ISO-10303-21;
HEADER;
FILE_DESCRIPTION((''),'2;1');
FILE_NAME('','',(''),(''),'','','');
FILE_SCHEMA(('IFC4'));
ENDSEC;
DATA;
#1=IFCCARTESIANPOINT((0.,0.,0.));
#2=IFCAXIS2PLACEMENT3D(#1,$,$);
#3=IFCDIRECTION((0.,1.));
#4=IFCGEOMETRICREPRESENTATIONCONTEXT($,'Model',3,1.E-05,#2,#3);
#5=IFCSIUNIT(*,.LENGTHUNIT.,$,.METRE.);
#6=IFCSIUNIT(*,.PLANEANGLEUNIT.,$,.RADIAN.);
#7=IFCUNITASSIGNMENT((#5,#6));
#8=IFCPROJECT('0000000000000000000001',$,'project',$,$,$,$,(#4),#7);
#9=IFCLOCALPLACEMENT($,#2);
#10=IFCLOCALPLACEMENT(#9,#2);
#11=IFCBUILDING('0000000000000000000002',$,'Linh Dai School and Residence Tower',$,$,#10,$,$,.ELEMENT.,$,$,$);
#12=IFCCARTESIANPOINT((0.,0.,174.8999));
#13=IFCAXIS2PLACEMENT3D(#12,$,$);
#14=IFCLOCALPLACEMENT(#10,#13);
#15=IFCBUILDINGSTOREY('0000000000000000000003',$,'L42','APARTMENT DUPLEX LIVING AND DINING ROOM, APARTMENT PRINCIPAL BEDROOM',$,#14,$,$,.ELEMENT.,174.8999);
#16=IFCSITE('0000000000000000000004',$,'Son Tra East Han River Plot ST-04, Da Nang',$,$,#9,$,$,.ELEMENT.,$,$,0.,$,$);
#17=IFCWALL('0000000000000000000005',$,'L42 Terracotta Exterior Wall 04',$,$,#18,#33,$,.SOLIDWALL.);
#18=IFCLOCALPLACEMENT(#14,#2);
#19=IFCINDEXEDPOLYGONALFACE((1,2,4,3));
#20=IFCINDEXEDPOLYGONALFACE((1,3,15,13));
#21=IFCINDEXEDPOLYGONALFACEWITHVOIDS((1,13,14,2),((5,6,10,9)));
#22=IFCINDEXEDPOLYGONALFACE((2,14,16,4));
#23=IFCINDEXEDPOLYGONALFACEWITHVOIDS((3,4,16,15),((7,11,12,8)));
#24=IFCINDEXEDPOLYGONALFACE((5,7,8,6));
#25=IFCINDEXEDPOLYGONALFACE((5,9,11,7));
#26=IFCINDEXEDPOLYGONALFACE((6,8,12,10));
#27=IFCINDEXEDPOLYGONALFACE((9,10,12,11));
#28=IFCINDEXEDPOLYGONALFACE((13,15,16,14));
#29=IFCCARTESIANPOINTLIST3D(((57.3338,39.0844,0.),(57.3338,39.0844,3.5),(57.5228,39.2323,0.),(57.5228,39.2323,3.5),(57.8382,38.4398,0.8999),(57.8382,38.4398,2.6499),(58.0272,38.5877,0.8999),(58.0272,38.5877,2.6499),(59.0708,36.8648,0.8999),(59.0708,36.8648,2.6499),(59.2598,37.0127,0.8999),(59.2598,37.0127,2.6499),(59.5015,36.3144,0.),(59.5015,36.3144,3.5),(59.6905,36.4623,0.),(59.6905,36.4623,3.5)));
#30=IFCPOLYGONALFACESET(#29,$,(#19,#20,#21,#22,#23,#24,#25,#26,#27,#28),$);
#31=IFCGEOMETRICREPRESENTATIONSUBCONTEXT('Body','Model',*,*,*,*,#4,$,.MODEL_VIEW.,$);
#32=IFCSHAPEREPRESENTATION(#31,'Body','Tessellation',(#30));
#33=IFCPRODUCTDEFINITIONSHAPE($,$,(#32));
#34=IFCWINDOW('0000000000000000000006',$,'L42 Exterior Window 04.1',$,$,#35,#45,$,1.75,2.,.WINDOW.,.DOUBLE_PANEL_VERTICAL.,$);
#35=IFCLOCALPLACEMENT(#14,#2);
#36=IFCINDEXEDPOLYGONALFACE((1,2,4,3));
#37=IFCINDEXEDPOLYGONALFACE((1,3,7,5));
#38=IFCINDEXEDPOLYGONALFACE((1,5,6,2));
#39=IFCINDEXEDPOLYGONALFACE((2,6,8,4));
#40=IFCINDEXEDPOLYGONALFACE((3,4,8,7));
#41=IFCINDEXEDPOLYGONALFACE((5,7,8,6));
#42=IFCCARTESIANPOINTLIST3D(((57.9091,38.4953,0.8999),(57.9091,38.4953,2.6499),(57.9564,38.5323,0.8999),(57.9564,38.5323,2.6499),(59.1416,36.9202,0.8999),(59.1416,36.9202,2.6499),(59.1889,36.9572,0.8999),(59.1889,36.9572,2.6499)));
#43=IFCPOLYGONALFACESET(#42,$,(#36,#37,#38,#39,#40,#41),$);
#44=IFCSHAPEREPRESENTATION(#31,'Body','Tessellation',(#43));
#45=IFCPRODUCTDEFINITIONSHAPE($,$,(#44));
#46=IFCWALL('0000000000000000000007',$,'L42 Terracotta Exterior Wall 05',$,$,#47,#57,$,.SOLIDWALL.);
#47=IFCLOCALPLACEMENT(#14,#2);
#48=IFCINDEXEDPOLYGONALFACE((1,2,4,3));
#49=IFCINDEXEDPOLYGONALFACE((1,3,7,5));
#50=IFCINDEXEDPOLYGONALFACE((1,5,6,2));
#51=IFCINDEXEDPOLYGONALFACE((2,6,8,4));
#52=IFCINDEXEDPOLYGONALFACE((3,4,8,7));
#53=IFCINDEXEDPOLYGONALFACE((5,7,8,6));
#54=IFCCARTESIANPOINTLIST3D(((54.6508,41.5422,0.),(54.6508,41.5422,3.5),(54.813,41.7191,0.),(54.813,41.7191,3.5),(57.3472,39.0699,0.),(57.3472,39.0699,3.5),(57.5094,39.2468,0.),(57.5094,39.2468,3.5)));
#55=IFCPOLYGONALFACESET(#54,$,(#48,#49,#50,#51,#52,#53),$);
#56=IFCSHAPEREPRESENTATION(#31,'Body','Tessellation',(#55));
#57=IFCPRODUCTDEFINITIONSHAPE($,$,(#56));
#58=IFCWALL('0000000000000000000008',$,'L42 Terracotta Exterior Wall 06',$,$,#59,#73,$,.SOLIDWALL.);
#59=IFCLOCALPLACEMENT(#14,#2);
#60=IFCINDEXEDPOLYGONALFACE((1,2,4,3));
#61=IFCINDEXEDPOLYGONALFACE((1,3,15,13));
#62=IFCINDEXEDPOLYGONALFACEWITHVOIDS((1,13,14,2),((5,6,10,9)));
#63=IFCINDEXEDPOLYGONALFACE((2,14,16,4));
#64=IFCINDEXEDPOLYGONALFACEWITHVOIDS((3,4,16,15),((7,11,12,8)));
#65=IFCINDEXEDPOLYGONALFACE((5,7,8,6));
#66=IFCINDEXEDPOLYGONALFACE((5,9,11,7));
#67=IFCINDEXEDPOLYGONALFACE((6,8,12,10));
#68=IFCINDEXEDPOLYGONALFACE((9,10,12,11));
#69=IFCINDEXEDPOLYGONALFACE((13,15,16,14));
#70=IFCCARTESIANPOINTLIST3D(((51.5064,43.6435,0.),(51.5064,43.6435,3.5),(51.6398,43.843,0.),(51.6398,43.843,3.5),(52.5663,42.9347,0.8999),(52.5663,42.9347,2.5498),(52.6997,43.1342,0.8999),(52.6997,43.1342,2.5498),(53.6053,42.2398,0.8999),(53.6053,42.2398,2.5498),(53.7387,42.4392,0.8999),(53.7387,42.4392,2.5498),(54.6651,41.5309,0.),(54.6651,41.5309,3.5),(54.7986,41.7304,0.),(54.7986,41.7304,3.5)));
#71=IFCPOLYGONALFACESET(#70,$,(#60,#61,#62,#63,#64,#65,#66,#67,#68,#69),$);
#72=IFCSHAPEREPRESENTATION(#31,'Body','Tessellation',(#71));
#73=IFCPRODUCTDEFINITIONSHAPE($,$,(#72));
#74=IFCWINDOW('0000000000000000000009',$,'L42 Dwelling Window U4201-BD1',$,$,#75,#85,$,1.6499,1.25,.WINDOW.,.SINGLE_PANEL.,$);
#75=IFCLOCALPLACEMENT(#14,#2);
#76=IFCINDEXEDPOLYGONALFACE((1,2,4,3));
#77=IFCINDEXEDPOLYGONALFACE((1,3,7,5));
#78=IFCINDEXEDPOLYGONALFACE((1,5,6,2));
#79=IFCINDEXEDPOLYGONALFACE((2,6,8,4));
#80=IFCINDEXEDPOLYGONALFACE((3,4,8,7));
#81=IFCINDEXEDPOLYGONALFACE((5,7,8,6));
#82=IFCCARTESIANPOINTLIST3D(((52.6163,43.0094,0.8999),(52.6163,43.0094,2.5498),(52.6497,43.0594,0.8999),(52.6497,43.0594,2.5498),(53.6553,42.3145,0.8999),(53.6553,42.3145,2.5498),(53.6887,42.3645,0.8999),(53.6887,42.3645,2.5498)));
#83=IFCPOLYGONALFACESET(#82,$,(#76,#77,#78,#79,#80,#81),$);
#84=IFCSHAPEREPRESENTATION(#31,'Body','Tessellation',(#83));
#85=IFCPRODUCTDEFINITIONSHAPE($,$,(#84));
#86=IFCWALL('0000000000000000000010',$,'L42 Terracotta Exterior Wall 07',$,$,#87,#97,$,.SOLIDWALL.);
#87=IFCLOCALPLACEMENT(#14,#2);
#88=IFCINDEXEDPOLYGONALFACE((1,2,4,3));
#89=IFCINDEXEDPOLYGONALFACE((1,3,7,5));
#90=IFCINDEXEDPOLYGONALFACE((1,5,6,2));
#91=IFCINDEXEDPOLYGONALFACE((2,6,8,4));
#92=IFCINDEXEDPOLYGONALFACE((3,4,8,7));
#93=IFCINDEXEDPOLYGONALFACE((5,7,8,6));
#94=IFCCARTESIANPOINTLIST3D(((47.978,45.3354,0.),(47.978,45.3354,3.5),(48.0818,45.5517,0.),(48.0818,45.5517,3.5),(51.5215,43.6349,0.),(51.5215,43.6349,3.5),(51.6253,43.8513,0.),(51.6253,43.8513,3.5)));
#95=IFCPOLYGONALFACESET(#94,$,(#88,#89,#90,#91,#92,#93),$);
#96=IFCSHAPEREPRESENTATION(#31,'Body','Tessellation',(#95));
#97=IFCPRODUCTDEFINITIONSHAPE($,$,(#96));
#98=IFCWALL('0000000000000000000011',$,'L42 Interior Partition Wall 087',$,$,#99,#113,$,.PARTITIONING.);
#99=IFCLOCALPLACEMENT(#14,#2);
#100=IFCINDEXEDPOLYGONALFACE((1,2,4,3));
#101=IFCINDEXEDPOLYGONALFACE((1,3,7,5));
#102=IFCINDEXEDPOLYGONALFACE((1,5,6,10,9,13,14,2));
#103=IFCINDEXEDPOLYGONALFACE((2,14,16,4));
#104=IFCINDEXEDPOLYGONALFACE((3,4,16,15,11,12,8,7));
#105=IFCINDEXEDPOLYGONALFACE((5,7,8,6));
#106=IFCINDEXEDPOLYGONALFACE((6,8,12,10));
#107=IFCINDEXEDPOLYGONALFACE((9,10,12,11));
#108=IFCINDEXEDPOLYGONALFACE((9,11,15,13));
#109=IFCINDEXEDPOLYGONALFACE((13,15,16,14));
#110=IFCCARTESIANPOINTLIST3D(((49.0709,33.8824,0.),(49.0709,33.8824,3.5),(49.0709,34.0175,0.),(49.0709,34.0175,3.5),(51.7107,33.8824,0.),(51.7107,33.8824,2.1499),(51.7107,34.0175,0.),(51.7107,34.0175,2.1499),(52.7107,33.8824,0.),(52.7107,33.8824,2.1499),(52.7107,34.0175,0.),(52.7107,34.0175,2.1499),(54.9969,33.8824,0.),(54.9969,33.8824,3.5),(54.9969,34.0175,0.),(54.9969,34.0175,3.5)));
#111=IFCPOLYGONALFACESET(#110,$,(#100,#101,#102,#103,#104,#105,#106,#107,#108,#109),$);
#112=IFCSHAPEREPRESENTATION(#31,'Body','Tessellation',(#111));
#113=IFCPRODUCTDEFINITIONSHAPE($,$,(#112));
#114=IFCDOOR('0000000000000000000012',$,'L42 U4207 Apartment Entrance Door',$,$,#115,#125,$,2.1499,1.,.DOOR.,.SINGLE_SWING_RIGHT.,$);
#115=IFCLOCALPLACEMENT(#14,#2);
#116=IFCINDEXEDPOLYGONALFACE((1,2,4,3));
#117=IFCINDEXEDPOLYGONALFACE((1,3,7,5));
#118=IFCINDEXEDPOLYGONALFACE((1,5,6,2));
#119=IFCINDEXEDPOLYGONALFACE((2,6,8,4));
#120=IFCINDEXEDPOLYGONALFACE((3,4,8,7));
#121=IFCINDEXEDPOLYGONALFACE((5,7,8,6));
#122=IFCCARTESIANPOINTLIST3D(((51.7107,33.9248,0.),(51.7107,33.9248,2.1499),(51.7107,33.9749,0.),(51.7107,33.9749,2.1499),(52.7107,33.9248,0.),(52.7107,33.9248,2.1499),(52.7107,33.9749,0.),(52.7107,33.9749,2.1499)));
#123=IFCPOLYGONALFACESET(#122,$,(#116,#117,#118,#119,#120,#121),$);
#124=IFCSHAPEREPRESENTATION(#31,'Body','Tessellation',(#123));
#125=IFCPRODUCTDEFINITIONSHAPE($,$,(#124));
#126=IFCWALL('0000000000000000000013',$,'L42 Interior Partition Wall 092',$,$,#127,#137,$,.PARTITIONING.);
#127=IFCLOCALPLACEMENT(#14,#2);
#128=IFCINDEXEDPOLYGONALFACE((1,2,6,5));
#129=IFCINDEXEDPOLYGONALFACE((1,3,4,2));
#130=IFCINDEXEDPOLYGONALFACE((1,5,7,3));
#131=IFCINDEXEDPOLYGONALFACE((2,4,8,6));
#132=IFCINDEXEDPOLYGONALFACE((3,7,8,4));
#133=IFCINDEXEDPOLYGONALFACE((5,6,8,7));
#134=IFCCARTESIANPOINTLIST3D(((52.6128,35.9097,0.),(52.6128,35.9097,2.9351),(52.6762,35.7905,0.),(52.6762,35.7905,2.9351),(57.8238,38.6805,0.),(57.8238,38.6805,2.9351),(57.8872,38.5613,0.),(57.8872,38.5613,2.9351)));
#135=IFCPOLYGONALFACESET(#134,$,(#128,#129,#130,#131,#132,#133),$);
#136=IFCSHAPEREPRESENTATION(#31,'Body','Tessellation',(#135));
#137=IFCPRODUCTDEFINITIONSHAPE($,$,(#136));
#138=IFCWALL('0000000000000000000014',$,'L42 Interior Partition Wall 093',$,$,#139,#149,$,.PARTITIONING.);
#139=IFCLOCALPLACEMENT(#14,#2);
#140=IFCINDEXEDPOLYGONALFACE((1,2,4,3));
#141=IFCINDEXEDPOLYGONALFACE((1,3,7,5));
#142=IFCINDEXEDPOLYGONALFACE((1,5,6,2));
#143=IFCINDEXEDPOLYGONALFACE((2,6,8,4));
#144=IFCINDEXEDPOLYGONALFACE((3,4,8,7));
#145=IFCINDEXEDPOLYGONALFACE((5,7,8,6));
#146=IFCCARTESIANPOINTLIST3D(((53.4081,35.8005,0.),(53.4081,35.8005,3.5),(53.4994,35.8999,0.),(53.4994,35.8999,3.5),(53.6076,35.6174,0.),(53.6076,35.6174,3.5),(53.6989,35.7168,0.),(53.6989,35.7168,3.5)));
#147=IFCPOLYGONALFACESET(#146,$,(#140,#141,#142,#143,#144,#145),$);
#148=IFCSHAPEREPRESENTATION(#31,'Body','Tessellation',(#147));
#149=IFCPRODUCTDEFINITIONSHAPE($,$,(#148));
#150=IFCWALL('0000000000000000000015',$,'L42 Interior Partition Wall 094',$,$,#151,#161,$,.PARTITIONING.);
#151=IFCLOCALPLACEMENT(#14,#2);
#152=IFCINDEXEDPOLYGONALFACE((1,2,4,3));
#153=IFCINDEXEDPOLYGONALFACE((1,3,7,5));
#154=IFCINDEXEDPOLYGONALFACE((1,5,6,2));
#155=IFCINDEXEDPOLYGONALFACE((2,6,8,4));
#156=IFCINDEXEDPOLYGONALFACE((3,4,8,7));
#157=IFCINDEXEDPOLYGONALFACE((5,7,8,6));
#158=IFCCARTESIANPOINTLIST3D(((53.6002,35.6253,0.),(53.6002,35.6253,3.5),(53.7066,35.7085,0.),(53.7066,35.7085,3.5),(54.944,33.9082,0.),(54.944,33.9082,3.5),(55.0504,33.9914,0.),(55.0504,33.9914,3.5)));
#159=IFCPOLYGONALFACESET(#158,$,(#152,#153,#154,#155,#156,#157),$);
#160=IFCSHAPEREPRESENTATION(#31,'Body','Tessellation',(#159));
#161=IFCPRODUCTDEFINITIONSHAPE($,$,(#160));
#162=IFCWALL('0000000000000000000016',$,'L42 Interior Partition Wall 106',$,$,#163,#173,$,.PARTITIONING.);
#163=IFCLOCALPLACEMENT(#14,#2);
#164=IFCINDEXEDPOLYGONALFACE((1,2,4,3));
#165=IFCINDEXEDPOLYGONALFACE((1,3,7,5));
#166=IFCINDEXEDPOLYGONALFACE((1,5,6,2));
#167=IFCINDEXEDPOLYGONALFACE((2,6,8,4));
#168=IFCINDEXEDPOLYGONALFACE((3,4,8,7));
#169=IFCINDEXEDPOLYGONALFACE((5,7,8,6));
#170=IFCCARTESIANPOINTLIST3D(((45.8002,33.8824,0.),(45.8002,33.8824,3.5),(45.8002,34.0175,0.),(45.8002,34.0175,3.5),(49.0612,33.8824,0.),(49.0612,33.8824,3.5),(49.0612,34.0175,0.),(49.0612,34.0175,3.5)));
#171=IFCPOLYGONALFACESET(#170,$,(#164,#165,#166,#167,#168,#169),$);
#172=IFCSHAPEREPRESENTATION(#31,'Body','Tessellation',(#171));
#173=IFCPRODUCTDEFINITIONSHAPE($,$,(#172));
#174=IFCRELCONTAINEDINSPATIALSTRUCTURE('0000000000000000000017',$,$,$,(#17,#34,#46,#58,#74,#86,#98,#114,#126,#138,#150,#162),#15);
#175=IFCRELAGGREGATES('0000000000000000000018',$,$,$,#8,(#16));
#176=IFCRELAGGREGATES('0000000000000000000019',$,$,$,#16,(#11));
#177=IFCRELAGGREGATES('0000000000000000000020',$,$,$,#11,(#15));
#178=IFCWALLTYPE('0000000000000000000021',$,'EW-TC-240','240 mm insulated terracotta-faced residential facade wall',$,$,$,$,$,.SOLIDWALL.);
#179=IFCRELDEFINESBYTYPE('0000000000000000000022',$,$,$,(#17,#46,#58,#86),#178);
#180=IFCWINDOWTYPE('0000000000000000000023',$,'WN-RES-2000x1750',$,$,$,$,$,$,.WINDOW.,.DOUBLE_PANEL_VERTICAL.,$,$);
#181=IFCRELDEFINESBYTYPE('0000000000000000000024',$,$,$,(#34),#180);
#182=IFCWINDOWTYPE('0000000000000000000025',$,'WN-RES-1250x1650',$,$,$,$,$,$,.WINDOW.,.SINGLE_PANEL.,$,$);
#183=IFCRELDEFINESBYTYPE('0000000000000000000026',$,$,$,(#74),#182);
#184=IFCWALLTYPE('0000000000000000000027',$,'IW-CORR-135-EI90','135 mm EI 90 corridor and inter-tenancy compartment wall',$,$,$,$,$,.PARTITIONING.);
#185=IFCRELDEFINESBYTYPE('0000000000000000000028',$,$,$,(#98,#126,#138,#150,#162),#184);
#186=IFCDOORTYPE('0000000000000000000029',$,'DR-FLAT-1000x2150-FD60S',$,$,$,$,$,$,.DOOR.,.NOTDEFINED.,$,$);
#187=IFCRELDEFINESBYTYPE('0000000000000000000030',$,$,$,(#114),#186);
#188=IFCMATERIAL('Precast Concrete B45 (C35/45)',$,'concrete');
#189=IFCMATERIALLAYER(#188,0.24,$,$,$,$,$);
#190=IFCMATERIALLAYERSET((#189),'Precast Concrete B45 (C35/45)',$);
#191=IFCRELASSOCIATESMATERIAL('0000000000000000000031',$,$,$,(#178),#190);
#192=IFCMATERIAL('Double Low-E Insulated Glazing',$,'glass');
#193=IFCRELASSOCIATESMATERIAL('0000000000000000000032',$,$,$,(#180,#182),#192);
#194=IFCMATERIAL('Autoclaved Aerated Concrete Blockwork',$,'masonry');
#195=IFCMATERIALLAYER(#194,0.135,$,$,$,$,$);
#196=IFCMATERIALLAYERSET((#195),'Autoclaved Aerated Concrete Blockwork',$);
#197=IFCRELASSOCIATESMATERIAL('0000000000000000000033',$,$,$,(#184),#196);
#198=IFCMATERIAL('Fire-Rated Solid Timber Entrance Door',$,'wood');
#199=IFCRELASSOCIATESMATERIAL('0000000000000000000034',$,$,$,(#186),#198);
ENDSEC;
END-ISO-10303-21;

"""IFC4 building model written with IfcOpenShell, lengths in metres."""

from ifc_helpers import new_model, si_unit, direction, frame, frame_2d, origin, origin_2d, place, context, subcontext, project, spatial, rectangle, extrude, source, transform, mapped, material, layer, layer_set, type_object, element, fill, save


model = new_model("IFC4")

# Units and contexts
model_context = context("Model", 3, precision=1e-05, world=origin(), true_north=direction((0.0, 1.0)))
body_context = subcontext(model_context, "Body", "Model", "MODEL_VIEW")
ifc_project = project(units=[si_unit("LENGTHUNIT", "METRE"), si_unit("PLANEANGLEUNIT", "RADIAN")], contexts=[model_context])

# Site, building, storey
site_placement = place(None, origin())
site = spatial("IfcSite", under=ifc_project, at=site_placement, Name="Son Tra East Han River Plot ST-04, Da Nang", CompositionType="ELEMENT", RefElevation=0.0)
building_placement = place(site_placement, origin())
building = spatial("IfcBuilding", under=site, at=building_placement, Name="Linh Dai School and Residence Tower", CompositionType="ELEMENT")
storey_placement = place(building_placement, frame((0.0, 0.0, 174.8999)))
storey = spatial("IfcBuildingStorey", under=building, at=storey_placement, Name="L42", Description="APARTMENT DUPLEX LIVING AND DINING ROOM, APARTMENT PRINCIPAL BEDROOM", CompositionType="ELEMENT", Elevation=174.8999)

# Shared definitions
ifc_material_1 = material(Name="Precast Concrete B45 (C35/45)", Category="concrete")

# Shared definitions
ifc_layer_1 = layer(ifc_material_1, 0.24)
ifc_layer_set_1 = layer_set([ifc_layer_1], Name="Precast Concrete B45 (C35/45)")
wall_type_1 = type_object("IfcWallType", Name="EW-TC-240", Description="240 mm insulated terracotta-faced residential facade wall", PredefinedType="SOLIDWALL", material=ifc_layer_set_1)

# Wall, opening, window
wall_1_placement = place(storey_placement, frame((57.4282, 39.1584, 0.0), z_axis=(0.0, 0.0, 1.0), x_axis=(0.616288, -0.787521, 0.0)))
wall_1 = element("IfcWall", 1, at=wall_1_placement, inside=storey, type_object=wall_type_1, Name="L42 Terracotta Exterior Wall 04", PredefinedType="SOLIDWALL", context=body_context, shape_type="SweptSolid", body=[
    extrude(rectangle(XDim=3.5173, YDim=0.24, at=frame_2d((1.7588, 0.0))), origin(), (0.0, 0.0, 1.0), 3.5),
])
opening_1_placement = place(wall_1_placement, frame((0.8186, 0.0, 0.8999)))
opening_1 = element("IfcOpeningElement", 2, at=opening_1_placement, cuts=wall_1, PredefinedType="OPENING", context=body_context, shape_type="SweptSolid", body=[
    extrude(rectangle(XDim=2.0, YDim=1.75, at=origin_2d()), frame((1.0, 0.1299, 0.875), z_axis=(0.0, -1.0, 0.0), x_axis=(1.0, 0.0, 0.0)), (0.0, 0.0, 1.0), 0.26),
])
ifc_material_2 = material(Name="Double Low-E Insulated Glazing", Category="glass")
window_type_1 = type_object("IfcWindowType", Name="WN-RES-2000x1750", PartitioningType="DOUBLE_PANEL_VERTICAL", PredefinedType="WINDOW", material=ifc_material_2)
shared_shape_1 = source(origin(), body_context, "Body", "SweptSolid", [
    extrude(rectangle(XDim=2.0, YDim=1.75, at=origin_2d()), frame((1.0, 0.03, 0.875), z_axis=(0.0, -1.0, 0.0), x_axis=(1.0, 0.0, 0.0)), (0.0, 0.0, 1.0), 0.0601),
])
window_1_placement = place(opening_1_placement, origin())
window_1 = element("IfcWindow", 3, at=window_1_placement, inside=storey, type_object=window_type_1, Name="L42 Exterior Window 04.1", OverallHeight=1.75, OverallWidth=2.0, PartitioningType="DOUBLE_PANEL_VERTICAL", PredefinedType="WINDOW", context=body_context, shape_type="MappedRepresentation", body=[
    mapped(shared_shape_1, transform((0.0, 0.0, 0.0), x_axis=(1.0, 0.0, 0.0), y_axis=(0.0, 1.0, 0.0), z_axis=(0.0, 0.0, 1.0), scale=1.0)),
])
fill(opening_1, window_1)

# Wall
wall_2_placement = place(storey_placement, frame((54.7319, 41.6306, 0.0), z_axis=(0.0, 0.0, 1.0), x_axis=(0.737077, -0.675809, 0.0)))
element("IfcWall", 4, at=wall_2_placement, inside=storey, type_object=wall_type_1, Name="L42 Terracotta Exterior Wall 05", PredefinedType="SOLIDWALL", context=body_context, shape_type="SweptSolid", body=[
    extrude(rectangle(XDim=3.6582, YDim=0.24, at=frame_2d((1.8291, 0.0))), origin(), (0.0, 0.0, 1.0), 3.5),
])

# Wall, opening, window
wall_3_placement = place(storey_placement, frame((51.5732, 43.7432, 0.0), z_axis=(0.0, 0.0, 1.0), x_axis=(0.831229, -0.55593, 0.0)))
wall_3 = element("IfcWall", 5, at=wall_3_placement, inside=storey, type_object=wall_type_1, Name="L42 Terracotta Exterior Wall 06", PredefinedType="SOLIDWALL", context=body_context, shape_type="SweptSolid", body=[
    extrude(rectangle(XDim=3.8, YDim=0.24, at=frame_2d((1.8999, 0.0))), origin(), (0.0, 0.0, 1.0), 3.5),
])
opening_2_placement = place(wall_3_placement, frame((1.2749, 0.0, 0.8999)))
opening_2 = element("IfcOpeningElement", 6, at=opening_2_placement, cuts=wall_3, PredefinedType="OPENING", context=body_context, shape_type="SweptSolid", body=[
    extrude(rectangle(XDim=1.25, YDim=1.6499, at=origin_2d()), frame((0.625, 0.1299, 0.825), z_axis=(0.0, -1.0, 0.0), x_axis=(1.0, 0.0, 0.0)), (0.0, 0.0, 1.0), 0.26),
])
window_type_2 = type_object("IfcWindowType", Name="WN-RES-1250x1650", PartitioningType="SINGLE_PANEL", PredefinedType="WINDOW", material=ifc_material_2)
shared_shape_2 = source(origin(), body_context, "Body", "SweptSolid", [
    extrude(rectangle(XDim=1.25, YDim=1.6499, at=origin_2d()), frame((0.625, 0.03, 0.825), z_axis=(0.0, -1.0, 0.0), x_axis=(1.0, 0.0, 0.0)), (0.0, 0.0, 1.0), 0.0601),
])
window_2_placement = place(opening_2_placement, origin())
window_2 = element("IfcWindow", 7, at=window_2_placement, inside=storey, type_object=window_type_2, Name="L42 Dwelling Window U4201-BD1", OverallHeight=1.6499, OverallWidth=1.25, PartitioningType="SINGLE_PANEL", PredefinedType="WINDOW", context=body_context, shape_type="MappedRepresentation", body=[
    mapped(shared_shape_2, transform((0.0, 0.0, 0.0), x_axis=(1.0, 0.0, 0.0), y_axis=(0.0, 1.0, 0.0), z_axis=(0.0, 0.0, 1.0), scale=1.0)),
])
fill(opening_2, window_2)

# Wall
wall_4_placement = place(storey_placement, frame((48.0298, 45.4436, 0.0), z_axis=(0.0, 0.0, 1.0), x_axis=(0.901565, -0.432644, 0.0)))
element("IfcWall", 8, at=wall_4_placement, inside=storey, type_object=wall_type_1, Name="L42 Terracotta Exterior Wall 07", PredefinedType="SOLIDWALL", context=body_context, shape_type="SweptSolid", body=[
    extrude(rectangle(XDim=3.9304, YDim=0.24, at=frame_2d((1.9653, 0.0))), origin(), (0.0, 0.0, 1.0), 3.5),
])

# Wall, opening, door
ifc_material_3 = material(Name="Autoclaved Aerated Concrete Blockwork", Category="masonry")
ifc_layer_2 = layer(ifc_material_3, 0.135)
ifc_layer_set_2 = layer_set([ifc_layer_2], Name="Autoclaved Aerated Concrete Blockwork")
wall_type_2 = type_object("IfcWallType", Name="IW-CORR-135-EI90", Description="135 mm EI 90 corridor and inter-tenancy compartment wall", PredefinedType="PARTITIONING", material=ifc_layer_set_2)
wall_5_placement = place(storey_placement, frame((49.071, 33.95, 0.0), z_axis=(0.0, 0.0, 1.0), x_axis=(1.0, 0.0, 0.0)))
wall_5 = element("IfcWall", 9, at=wall_5_placement, inside=storey, type_object=wall_type_2, Name="L42 Interior Partition Wall 087", PredefinedType="PARTITIONING", context=body_context, shape_type="SweptSolid", body=[
    extrude(rectangle(XDim=5.926, YDim=0.135, at=frame_2d((2.9629, 0.0))), origin(), (0.0, 0.0, 1.0), 3.5),
])
opening_3_placement = place(wall_5_placement, frame((2.6396, 0.0, 0.0)))
opening_3 = element("IfcOpeningElement", 10, at=opening_3_placement, cuts=wall_5, PredefinedType="OPENING", context=body_context, shape_type="SweptSolid", body=[
    extrude(rectangle(XDim=1.0, YDim=2.1499, at=origin_2d()), frame((0.5, 0.0776, 1.075), z_axis=(0.0, -1.0, 0.0), x_axis=(1.0, 0.0, 0.0)), (0.0, 0.0, 1.0), 0.155),
])
ifc_material_4 = material(Name="Fire-Rated Solid Timber Entrance Door", Category="wood")
door_type_1 = type_object("IfcDoorType", Name="DR-FLAT-1000x2150-FD60S", OperationType="NOTDEFINED", PredefinedType="DOOR", material=ifc_material_4)
shared_shape_3 = source(origin(), body_context, "Body", "SweptSolid", [
    extrude(rectangle(XDim=1.0, YDim=2.1499, at=origin_2d()), frame((0.5, 0.0249, 1.075), z_axis=(0.0, -1.0, 0.0), x_axis=(1.0, 0.0, 0.0)), (0.0, 0.0, 1.0), 0.05),
])
door_1_placement = place(opening_3_placement, origin())
door_1 = element("IfcDoor", 11, at=door_1_placement, inside=storey, type_object=door_type_1, Name="L42 U4207 Apartment Entrance Door", OperationType="SINGLE_SWING_RIGHT", OverallHeight=2.1499, OverallWidth=1.0, PredefinedType="DOOR", context=body_context, shape_type="MappedRepresentation", body=[
    mapped(shared_shape_3, transform((0.0, 0.0, 0.0), x_axis=(1.0, 0.0, 0.0), y_axis=(0.0, 1.0, 0.0), z_axis=(0.0, 0.0, 1.0), scale=1.0)),
])
fill(opening_3, door_1)

# Walls
wall_6_placement = place(storey_placement, frame((52.6445, 35.8501, 0.0), z_axis=(0.0, 0.0, 1.0), x_axis=(0.882944, 0.469478, 0.0)))
element("IfcWall", 12, at=wall_6_placement, inside=storey, type_object=wall_type_2, Name="L42 Interior Partition Wall 092", PredefinedType="PARTITIONING", context=body_context, shape_type="SweptSolid", body=[
    extrude(rectangle(XDim=5.9019, YDim=0.135, at=frame_2d((2.9509, 0.0))), origin(), (0.0, 0.0, 1.0), 2.9351),
])
wall_7_placement = place(storey_placement, frame((53.4539, 35.8501, 0.0), z_axis=(0.0, 0.0, 1.0), x_axis=(0.736667, -0.676255, 0.0)))
element("IfcWall", 13, at=wall_7_placement, inside=storey, type_object=wall_type_2, Name="L42 Interior Partition Wall 093", PredefinedType="PARTITIONING", context=body_context, shape_type="SweptSolid", body=[
    extrude(rectangle(XDim=0.2708, YDim=0.135, at=frame_2d((0.1353, 0.0))), origin(), (0.0, 0.0, 1.0), 3.5),
])
wall_8_placement = place(storey_placement, frame((53.6533, 35.667, 0.0), z_axis=(0.0, 0.0, 1.0), x_axis=(0.616302, -0.78751, 0.0)))
element("IfcWall", 14, at=wall_8_placement, inside=storey, type_object=wall_type_2, Name="L42 Interior Partition Wall 094", PredefinedType="PARTITIONING", context=body_context, shape_type="SweptSolid", body=[
    extrude(rectangle(XDim=2.1804, YDim=0.135, at=frame_2d((1.0903, 0.0))), origin(), (0.0, 0.0, 1.0), 3.5),
])
wall_9_placement = place(storey_placement, frame((49.061, 33.95, 0.0), z_axis=(0.0, 0.0, 1.0), x_axis=(-1.0, 0.0, 0.0)))
element("IfcWall", 15, at=wall_9_placement, inside=storey, type_object=wall_type_2, Name="L42 Interior Partition Wall 106", PredefinedType="PARTITIONING", context=body_context, shape_type="SweptSolid", body=[
    extrude(rectangle(XDim=3.261, YDim=0.135, at=frame_2d((1.6304, 0.0))), origin(), (0.0, 0.0, 1.0), 3.5),
])

save(model, "model.ifc")
